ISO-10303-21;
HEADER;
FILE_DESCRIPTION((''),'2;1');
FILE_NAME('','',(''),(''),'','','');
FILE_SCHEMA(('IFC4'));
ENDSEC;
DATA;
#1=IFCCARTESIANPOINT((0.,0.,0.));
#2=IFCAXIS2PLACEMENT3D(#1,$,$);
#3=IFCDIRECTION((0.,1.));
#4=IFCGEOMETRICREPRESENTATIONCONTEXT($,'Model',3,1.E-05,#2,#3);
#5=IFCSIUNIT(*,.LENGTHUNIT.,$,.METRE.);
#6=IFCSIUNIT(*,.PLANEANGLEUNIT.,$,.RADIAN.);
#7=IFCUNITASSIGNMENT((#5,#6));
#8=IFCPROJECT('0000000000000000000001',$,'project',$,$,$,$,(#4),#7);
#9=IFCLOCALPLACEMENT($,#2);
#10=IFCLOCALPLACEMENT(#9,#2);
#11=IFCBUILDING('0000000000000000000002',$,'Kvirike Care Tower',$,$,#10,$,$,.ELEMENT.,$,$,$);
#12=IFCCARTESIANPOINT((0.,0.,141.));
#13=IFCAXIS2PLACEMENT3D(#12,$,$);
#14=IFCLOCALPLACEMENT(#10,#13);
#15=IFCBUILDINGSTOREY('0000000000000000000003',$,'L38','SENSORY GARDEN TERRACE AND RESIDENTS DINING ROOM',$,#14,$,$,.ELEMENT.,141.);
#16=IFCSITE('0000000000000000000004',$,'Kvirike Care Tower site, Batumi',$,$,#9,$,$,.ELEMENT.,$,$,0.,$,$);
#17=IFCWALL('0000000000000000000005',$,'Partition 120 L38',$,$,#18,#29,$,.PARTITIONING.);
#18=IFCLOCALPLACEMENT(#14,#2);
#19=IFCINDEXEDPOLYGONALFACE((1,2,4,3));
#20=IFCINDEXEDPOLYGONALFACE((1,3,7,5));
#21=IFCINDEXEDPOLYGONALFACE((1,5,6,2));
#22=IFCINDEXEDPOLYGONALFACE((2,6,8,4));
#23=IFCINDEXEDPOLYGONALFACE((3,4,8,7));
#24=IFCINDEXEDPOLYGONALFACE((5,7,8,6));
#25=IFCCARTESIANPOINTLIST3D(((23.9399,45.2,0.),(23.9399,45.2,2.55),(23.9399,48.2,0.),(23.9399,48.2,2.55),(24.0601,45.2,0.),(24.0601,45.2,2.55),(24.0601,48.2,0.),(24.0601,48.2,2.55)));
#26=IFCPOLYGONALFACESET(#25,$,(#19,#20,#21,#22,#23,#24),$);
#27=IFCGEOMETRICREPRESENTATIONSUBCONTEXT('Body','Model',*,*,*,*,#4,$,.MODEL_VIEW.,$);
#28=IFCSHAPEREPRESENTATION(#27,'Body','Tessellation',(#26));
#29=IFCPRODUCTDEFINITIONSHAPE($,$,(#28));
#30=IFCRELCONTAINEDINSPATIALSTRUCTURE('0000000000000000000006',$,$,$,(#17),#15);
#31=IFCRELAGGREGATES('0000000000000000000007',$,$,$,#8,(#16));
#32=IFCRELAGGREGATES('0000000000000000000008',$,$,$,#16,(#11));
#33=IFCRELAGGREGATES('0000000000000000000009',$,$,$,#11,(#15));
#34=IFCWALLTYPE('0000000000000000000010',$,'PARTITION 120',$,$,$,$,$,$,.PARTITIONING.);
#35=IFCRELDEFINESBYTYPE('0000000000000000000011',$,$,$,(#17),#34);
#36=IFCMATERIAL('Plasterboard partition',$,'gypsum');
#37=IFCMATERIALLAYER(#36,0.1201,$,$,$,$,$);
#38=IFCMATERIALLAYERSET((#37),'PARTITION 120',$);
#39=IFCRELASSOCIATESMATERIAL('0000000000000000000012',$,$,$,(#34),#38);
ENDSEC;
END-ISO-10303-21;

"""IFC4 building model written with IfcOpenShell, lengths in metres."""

from ifc_helpers import new_model, si_unit, direction, frame, frame_2d, origin, place, context, subcontext, project, spatial, rectangle, extrude, material, layer, layer_set, type_object, element, save


model = new_model("IFC4")

# Units and contexts
model_context = context("Model", 3, precision=1e-05, world=origin(), true_north=direction((0.0, 1.0)))
body_context = subcontext(model_context, "Body", "Model", "MODEL_VIEW")
ifc_project = project(units=[si_unit("LENGTHUNIT", "METRE"), si_unit("PLANEANGLEUNIT", "RADIAN")], contexts=[model_context])

# Site, building, storey
site_placement = place(None, origin())
site = spatial("IfcSite", under=ifc_project, at=site_placement, Name="Kvirike Care Tower site, Batumi", CompositionType="ELEMENT", RefElevation=0.0)
building_placement = place(site_placement, origin())
building = spatial("IfcBuilding", under=site, at=building_placement, Name="Kvirike Care Tower", CompositionType="ELEMENT")
storey_placement = place(building_placement, frame((0.0, 0.0, 141.0)))
storey = spatial("IfcBuildingStorey", under=building, at=storey_placement, Name="L38", Description="SENSORY GARDEN TERRACE AND RESIDENTS DINING ROOM", CompositionType="ELEMENT", Elevation=141.0)

# Wall
ifc_material_1 = material(Name="Plasterboard partition", Category="gypsum")
ifc_layer_1 = layer(ifc_material_1, 0.1201)
ifc_layer_set_1 = layer_set([ifc_layer_1], Name="PARTITION 120")
wall_type = type_object("IfcWallType", Name="PARTITION 120", PredefinedType="PARTITIONING", material=ifc_layer_set_1)
wall_1_placement = place(storey_placement, frame((24.0, 48.2, 0.0), z_axis=(0.0, 0.0, 1.0), x_axis=(0.0, -1.0, 0.0)))
element("IfcWall", 1, at=wall_1_placement, inside=storey, type_object=wall_type, Name="Partition 120 L38", PredefinedType="PARTITIONING", context=body_context, shape_type="SweptSolid", body=[
    extrude(rectangle(XDim=3.0, YDim=0.1201, at=frame_2d((1.5, 0.0))), origin(), (0.0, 0.0, 1.0), 2.55),
])

save(model, "model.ifc")
